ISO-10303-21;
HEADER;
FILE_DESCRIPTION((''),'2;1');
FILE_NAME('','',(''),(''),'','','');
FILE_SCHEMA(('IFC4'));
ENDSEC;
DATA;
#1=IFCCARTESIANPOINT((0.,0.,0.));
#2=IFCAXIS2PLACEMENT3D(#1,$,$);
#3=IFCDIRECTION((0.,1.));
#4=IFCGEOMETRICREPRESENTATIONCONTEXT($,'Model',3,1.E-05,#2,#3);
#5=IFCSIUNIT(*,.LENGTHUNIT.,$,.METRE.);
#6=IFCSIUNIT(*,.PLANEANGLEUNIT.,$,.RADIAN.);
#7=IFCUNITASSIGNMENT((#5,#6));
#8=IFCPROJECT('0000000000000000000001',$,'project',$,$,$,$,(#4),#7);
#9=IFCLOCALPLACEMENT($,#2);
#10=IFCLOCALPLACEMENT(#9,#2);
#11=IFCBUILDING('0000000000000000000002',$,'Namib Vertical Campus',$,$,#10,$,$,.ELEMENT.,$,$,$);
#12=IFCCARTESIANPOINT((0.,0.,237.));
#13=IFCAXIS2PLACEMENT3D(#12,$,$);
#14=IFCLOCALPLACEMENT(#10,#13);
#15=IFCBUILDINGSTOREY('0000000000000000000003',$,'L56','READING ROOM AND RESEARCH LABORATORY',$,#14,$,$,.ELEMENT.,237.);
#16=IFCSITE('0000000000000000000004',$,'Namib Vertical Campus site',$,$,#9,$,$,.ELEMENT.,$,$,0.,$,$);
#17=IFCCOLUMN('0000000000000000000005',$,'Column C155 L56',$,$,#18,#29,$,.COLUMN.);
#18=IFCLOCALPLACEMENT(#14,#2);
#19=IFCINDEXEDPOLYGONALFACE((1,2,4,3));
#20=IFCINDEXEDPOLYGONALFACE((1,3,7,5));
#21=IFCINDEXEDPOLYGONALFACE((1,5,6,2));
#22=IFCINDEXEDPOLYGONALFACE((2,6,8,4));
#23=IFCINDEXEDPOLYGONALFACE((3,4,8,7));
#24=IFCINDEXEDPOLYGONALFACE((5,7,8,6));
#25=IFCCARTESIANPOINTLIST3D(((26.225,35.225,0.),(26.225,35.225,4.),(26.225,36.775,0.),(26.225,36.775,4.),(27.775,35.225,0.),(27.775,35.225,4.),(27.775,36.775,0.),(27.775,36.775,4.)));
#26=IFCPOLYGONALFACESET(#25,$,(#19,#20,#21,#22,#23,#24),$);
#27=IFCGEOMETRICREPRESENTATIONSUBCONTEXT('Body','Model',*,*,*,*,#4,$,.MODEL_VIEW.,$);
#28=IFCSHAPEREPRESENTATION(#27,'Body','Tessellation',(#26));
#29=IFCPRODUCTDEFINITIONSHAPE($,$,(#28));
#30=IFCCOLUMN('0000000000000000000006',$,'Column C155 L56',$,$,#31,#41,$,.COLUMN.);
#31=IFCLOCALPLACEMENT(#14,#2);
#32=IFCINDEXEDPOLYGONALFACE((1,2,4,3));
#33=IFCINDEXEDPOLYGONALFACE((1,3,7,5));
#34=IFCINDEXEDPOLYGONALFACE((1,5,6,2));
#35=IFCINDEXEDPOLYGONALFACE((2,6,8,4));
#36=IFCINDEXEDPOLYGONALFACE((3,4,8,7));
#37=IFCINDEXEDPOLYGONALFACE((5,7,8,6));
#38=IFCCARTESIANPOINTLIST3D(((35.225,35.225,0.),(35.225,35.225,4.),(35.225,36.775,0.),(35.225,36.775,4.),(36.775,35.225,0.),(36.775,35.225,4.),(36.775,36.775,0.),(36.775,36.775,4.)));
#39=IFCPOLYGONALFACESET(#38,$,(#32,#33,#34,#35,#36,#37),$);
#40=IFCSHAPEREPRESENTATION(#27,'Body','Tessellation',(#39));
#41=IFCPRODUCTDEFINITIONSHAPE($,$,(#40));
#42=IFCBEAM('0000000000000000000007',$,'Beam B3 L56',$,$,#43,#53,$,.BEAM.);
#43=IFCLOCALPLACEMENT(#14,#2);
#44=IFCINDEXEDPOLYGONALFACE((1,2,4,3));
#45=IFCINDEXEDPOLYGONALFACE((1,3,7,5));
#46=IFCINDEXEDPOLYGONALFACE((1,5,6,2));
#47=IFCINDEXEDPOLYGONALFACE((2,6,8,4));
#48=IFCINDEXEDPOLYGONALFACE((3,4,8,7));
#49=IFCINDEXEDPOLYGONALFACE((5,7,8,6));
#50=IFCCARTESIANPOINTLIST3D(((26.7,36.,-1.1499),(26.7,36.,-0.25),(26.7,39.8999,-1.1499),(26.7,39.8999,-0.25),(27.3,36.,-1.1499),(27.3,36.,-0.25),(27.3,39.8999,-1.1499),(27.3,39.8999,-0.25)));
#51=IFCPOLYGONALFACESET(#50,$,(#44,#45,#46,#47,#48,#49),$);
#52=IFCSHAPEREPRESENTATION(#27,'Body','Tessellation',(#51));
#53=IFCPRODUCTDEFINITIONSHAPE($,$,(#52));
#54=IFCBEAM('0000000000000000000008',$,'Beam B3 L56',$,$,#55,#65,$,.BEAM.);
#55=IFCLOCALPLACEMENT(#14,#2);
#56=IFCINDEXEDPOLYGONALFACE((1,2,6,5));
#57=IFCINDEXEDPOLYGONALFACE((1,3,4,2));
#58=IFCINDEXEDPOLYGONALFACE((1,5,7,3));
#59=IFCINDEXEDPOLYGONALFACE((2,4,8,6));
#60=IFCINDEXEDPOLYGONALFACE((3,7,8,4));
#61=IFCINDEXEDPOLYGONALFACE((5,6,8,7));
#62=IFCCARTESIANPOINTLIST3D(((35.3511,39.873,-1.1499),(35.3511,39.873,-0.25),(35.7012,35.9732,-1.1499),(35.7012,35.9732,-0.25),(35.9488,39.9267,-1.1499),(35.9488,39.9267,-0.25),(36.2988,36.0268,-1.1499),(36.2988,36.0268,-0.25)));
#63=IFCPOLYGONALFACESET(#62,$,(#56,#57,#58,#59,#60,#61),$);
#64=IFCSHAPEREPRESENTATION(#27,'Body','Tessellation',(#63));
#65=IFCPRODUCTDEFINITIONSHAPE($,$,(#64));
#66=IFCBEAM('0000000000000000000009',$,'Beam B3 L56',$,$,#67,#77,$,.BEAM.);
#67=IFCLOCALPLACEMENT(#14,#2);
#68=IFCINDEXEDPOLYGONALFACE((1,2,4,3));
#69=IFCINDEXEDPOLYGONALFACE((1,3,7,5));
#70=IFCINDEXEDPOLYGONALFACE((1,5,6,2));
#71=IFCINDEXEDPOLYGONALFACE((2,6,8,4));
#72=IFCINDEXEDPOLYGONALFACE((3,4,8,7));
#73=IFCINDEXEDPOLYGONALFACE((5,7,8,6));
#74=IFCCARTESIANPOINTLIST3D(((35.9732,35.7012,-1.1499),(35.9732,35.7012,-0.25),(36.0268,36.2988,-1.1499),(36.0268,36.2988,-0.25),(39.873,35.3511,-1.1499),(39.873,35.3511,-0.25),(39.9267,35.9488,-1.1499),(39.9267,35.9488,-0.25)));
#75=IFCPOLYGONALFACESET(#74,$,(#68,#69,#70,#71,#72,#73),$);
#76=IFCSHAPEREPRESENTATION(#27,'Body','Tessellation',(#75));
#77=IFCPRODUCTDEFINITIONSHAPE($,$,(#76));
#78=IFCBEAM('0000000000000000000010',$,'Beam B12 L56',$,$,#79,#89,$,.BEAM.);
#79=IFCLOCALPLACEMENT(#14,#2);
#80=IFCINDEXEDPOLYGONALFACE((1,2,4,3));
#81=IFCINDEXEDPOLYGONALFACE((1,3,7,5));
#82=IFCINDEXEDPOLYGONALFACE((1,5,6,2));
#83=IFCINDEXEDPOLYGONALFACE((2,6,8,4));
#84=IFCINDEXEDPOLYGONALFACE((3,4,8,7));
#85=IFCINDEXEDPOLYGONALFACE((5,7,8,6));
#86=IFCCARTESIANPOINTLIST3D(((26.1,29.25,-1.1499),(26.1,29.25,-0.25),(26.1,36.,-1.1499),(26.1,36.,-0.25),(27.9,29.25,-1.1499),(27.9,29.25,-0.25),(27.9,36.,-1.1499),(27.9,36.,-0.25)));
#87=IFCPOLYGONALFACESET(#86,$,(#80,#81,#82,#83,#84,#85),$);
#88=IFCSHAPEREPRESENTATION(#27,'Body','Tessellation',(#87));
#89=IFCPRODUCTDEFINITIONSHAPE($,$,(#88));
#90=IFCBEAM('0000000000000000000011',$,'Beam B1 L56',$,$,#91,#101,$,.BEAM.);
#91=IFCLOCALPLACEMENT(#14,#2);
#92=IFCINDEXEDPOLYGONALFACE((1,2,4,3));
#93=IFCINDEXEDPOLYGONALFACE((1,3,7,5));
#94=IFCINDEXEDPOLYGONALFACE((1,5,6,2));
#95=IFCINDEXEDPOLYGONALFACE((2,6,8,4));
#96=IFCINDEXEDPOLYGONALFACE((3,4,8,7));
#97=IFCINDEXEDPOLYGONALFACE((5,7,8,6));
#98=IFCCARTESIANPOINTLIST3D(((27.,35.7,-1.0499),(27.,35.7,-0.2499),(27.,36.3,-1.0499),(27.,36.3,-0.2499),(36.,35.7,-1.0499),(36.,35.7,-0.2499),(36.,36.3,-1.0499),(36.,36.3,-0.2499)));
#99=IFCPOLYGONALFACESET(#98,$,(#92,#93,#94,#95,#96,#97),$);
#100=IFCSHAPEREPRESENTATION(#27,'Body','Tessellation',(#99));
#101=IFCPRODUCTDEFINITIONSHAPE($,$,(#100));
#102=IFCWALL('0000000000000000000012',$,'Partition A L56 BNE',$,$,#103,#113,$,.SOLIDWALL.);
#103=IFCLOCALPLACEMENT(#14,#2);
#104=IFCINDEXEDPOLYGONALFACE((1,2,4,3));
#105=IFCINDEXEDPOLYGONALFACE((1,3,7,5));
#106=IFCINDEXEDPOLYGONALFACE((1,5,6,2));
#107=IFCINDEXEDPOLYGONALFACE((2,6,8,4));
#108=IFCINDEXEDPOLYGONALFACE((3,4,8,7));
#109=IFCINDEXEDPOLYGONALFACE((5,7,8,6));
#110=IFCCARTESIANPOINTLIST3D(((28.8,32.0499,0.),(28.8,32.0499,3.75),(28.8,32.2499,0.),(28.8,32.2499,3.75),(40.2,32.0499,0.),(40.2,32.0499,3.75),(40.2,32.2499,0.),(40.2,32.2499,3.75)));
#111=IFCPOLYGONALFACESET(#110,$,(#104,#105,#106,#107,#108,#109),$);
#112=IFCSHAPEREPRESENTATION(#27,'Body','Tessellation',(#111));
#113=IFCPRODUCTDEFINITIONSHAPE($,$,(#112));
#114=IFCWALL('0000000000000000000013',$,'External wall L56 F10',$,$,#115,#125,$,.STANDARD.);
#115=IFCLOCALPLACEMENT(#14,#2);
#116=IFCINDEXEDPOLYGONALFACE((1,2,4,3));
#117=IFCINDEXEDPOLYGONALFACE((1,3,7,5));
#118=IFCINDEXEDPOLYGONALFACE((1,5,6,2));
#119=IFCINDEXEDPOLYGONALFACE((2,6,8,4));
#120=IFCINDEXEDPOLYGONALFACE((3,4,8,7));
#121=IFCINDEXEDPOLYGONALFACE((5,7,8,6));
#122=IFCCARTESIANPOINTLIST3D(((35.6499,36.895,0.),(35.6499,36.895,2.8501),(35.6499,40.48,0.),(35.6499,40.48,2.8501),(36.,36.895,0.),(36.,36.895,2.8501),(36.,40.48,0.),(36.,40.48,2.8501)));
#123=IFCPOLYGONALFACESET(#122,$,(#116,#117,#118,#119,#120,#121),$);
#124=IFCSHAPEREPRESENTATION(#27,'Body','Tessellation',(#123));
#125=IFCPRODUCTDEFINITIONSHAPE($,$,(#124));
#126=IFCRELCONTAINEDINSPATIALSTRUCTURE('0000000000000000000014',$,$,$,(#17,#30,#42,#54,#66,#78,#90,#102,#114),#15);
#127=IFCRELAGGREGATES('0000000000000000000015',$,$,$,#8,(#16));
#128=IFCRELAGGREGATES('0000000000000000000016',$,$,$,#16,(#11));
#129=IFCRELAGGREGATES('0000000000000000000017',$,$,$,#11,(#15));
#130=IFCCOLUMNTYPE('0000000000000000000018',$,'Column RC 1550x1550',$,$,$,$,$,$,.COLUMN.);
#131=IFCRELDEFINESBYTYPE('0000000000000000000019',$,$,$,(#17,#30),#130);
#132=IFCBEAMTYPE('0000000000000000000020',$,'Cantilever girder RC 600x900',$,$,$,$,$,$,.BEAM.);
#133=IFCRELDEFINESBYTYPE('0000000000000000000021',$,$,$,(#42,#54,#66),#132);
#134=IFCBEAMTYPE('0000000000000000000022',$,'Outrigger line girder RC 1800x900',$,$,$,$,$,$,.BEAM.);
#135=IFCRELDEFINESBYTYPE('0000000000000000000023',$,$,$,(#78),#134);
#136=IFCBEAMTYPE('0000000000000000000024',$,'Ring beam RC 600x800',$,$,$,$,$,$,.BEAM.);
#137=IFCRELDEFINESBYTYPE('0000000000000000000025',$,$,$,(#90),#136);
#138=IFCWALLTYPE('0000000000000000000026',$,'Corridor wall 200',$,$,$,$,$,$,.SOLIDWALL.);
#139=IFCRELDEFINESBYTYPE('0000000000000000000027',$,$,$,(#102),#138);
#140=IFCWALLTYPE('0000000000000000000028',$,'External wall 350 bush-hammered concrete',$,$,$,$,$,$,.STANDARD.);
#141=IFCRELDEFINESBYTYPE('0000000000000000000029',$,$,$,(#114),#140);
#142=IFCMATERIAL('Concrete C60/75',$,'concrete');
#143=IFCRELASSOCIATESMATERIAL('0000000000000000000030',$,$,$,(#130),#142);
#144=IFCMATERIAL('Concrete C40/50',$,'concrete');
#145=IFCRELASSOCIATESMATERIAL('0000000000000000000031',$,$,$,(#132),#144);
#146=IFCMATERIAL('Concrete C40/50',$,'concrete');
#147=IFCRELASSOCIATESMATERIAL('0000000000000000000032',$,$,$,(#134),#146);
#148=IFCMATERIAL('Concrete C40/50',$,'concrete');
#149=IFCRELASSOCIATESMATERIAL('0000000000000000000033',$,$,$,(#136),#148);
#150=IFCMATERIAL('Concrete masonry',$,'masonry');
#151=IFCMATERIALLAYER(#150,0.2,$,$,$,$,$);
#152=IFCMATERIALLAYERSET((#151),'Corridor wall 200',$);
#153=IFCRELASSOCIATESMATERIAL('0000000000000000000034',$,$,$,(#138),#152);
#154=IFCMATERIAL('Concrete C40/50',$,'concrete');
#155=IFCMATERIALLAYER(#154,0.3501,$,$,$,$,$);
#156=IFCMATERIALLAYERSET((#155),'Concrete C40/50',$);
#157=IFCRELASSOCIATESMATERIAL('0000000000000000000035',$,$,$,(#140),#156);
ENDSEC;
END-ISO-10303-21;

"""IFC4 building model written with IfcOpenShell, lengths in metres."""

from ifc_helpers import new_model, si_unit, direction, frame, frame_2d, origin, origin_2d, place, context, subcontext, project, spatial, rectangle, extrude, material, layer, layer_set, material_profile, profile_set, type_object, element, save


model = new_model("IFC4")

# Units and contexts
model_context = context("Model", 3, precision=1e-05, world=origin(), true_north=direction((0.0, 1.0)))
body_context = subcontext(model_context, "Body", "Model", "MODEL_VIEW")
ifc_project = project(units=[si_unit("LENGTHUNIT", "METRE"), si_unit("PLANEANGLEUNIT", "RADIAN")], contexts=[model_context])

# Site, building, storey
site_placement = place(None, origin())
site = spatial("IfcSite", under=ifc_project, at=site_placement, Name="Namib Vertical Campus site", CompositionType="ELEMENT", RefElevation=0.0)
building_placement = place(site_placement, origin())
building = spatial("IfcBuilding", under=site, at=building_placement, Name="Namib Vertical Campus", CompositionType="ELEMENT")
storey_placement = place(building_placement, frame((0.0, 0.0, 237.0)))
storey = spatial("IfcBuildingStorey", under=building, at=storey_placement, Name="L56", Description="READING ROOM AND RESEARCH LABORATORY", CompositionType="ELEMENT", Elevation=237.0)

# Columns
ifc_material_1 = material(Name="Concrete C60/75", Category="concrete")
ifc_material_profile_1 = material_profile(ifc_material_1, rectangle(XDim=1.55, YDim=1.55, at=origin_2d()))
ifc_profile_set_1 = profile_set([ifc_material_profile_1], Name="Concrete C60/75")
column_type = type_object("IfcColumnType", Name="Column RC 1550x1550", PredefinedType="COLUMN", material=ifc_profile_set_1)
for number, where, z_axis, x_axis, name in (
    (1, (27.0, 36.0, 0.0), (0.0, 0.0, 1.0), (1.0, 0.0, 0.0), "Column C155 L56"),
    (2, (36.0, 36.0, 0.0), (0.0, 0.0, 1.0), (1.0, 0.0, 0.0), "Column C155 L56"),
):
    element("IfcColumn", number, at=place(storey_placement, frame(where, z_axis=z_axis, x_axis=x_axis)), inside=storey, type_object=column_type, Name=name, PredefinedType="COLUMN", context=body_context, shape_type="SweptSolid", body=[
        extrude(rectangle(XDim=1.55, YDim=1.55, at=origin_2d()), origin(), (0.0, 0.0, 1.0), 4.0),
    ])

# Beams
ifc_material_2 = material(Name="Concrete C40/50", Category="concrete")
ifc_material_profile_2 = material_profile(ifc_material_2, rectangle(XDim=0.6001, YDim=0.8999, at=origin_2d()))
ifc_profile_set_2 = profile_set([ifc_material_profile_2], Name="Concrete C40/50")
beam_type_1 = type_object("IfcBeamType", Name="Cantilever girder RC 600x900", PredefinedType="BEAM", material=ifc_profile_set_2)
beam_1_placement = place(storey_placement, frame((27.0, 36.0, -0.7), z_axis=(0.0, 1.0, 0.0), x_axis=(-1.0, 0.0, 0.0)))
element("IfcBeam", 3, at=beam_1_placement, inside=storey, type_object=beam_type_1, Name="Beam B3 L56", PredefinedType="BEAM", context=body_context, shape_type="SweptSolid", body=[
    extrude(rectangle(XDim=0.6001, YDim=0.8999, at=origin_2d()), origin(), (0.0, 0.0, 1.0), 3.8999),
])
for number, where, z_axis, x_axis, name in (
    (4, (36.0, 36.0, -0.7), (-0.089411, 0.995995, 0.0), (-0.995995, -0.089411, 0.0), "Beam B3 L56"),
    (5, (36.0, 36.0, -0.7), (0.995995, -0.089411, 0.0), (0.089411, 0.995995, 0.0), "Beam B3 L56"),
):
    element("IfcBeam", number, at=place(storey_placement, frame(where, z_axis=z_axis, x_axis=x_axis)), inside=storey, type_object=beam_type_1, Name=name, PredefinedType="BEAM", context=body_context, shape_type="SweptSolid", body=[
        extrude(rectangle(XDim=0.6001, YDim=0.8999, at=origin_2d()), origin(), (0.0, 0.0, 1.0), 3.9155),
    ])
ifc_material_3 = material(Name="Concrete C40/50", Category="concrete")
ifc_material_profile_3 = material_profile(ifc_material_3, rectangle(XDim=1.8, YDim=0.8999, at=origin_2d()))
ifc_profile_set_3 = profile_set([ifc_material_profile_3], Name="Concrete C40/50")
beam_type_2 = type_object("IfcBeamType", Name="Outrigger line girder RC 1800x900", PredefinedType="BEAM", material=ifc_profile_set_3)
beam_2_placement = place(storey_placement, frame((27.0, 36.0, -0.7), z_axis=(0.0, -1.0, 0.0), x_axis=(1.0, 0.0, 0.0)))
element("IfcBeam", 6, at=beam_2_placement, inside=storey, type_object=beam_type_2, Name="Beam B12 L56", PredefinedType="BEAM", context=body_context, shape_type="SweptSolid", body=[
    extrude(rectangle(XDim=1.8, YDim=0.8999, at=origin_2d()), origin(), (0.0, 0.0, 1.0), 6.75),
])
ifc_material_4 = material(Name="Concrete C40/50", Category="concrete")
ifc_material_profile_4 = material_profile(ifc_material_4, rectangle(XDim=0.6001, YDim=0.8, at=origin_2d()))
ifc_profile_set_4 = profile_set([ifc_material_profile_4], Name="Concrete C40/50")
beam_type_3 = type_object("IfcBeamType", Name="Ring beam RC 600x800", PredefinedType="BEAM", material=ifc_profile_set_4)
beam_3_placement = place(storey_placement, frame((27.0, 36.0, -0.6499), z_axis=(1.0, 0.0, 0.0), x_axis=(0.0, 1.0, 0.0)))
element("IfcBeam", 7, at=beam_3_placement, inside=storey, type_object=beam_type_3, Name="Beam B1 L56", PredefinedType="BEAM", context=body_context, shape_type="SweptSolid", body=[
    extrude(rectangle(XDim=0.6001, YDim=0.8, at=origin_2d()), origin(), (0.0, 0.0, 1.0), 9.0),
])

# Walls
ifc_material_5 = material(Name="Concrete masonry", Category="masonry")
ifc_layer_1 = layer(ifc_material_5, 0.2)
ifc_layer_set_1 = layer_set([ifc_layer_1], Name="Corridor wall 200")
wall_type_1 = type_object("IfcWallType", Name="Corridor wall 200", PredefinedType="SOLIDWALL", material=ifc_layer_set_1)
wall_1_placement = place(storey_placement, frame((28.8, 32.1499, 0.0), z_axis=(0.0, 0.0, 1.0), x_axis=(1.0, 0.0, 0.0)))
element("IfcWall", 8, at=wall_1_placement, inside=storey, type_object=wall_type_1, Name="Partition A L56 BNE", PredefinedType="SOLIDWALL", context=body_context, shape_type="SweptSolid", body=[
    extrude(rectangle(XDim=11.3999, YDim=0.2, at=frame_2d((5.7, 0.0))), origin(), (0.0, 0.0, 1.0), 3.75),
])
ifc_material_6 = material(Name="Concrete C40/50", Category="concrete")
ifc_layer_2 = layer(ifc_material_6, 0.3501)
ifc_layer_set_2 = layer_set([ifc_layer_2], Name="Concrete C40/50")
wall_type_2 = type_object("IfcWallType", Name="External wall 350 bush-hammered concrete", PredefinedType="STANDARD", material=ifc_layer_set_2)
wall_2_placement = place(storey_placement, frame((35.825, 36.895, 0.0), z_axis=(0.0, 0.0, 1.0), x_axis=(0.0, 1.0, 0.0)))
element("IfcWall", 9, at=wall_2_placement, inside=storey, type_object=wall_type_2, Name="External wall L56 F10", PredefinedType="STANDARD", context=body_context, shape_type="SweptSolid", body=[
    extrude(rectangle(XDim=3.585, YDim=0.3501, at=frame_2d((1.7925, 0.0))), origin(), (0.0, 0.0, 1.0), 2.8501),
])

save(model, "model.ifc")
